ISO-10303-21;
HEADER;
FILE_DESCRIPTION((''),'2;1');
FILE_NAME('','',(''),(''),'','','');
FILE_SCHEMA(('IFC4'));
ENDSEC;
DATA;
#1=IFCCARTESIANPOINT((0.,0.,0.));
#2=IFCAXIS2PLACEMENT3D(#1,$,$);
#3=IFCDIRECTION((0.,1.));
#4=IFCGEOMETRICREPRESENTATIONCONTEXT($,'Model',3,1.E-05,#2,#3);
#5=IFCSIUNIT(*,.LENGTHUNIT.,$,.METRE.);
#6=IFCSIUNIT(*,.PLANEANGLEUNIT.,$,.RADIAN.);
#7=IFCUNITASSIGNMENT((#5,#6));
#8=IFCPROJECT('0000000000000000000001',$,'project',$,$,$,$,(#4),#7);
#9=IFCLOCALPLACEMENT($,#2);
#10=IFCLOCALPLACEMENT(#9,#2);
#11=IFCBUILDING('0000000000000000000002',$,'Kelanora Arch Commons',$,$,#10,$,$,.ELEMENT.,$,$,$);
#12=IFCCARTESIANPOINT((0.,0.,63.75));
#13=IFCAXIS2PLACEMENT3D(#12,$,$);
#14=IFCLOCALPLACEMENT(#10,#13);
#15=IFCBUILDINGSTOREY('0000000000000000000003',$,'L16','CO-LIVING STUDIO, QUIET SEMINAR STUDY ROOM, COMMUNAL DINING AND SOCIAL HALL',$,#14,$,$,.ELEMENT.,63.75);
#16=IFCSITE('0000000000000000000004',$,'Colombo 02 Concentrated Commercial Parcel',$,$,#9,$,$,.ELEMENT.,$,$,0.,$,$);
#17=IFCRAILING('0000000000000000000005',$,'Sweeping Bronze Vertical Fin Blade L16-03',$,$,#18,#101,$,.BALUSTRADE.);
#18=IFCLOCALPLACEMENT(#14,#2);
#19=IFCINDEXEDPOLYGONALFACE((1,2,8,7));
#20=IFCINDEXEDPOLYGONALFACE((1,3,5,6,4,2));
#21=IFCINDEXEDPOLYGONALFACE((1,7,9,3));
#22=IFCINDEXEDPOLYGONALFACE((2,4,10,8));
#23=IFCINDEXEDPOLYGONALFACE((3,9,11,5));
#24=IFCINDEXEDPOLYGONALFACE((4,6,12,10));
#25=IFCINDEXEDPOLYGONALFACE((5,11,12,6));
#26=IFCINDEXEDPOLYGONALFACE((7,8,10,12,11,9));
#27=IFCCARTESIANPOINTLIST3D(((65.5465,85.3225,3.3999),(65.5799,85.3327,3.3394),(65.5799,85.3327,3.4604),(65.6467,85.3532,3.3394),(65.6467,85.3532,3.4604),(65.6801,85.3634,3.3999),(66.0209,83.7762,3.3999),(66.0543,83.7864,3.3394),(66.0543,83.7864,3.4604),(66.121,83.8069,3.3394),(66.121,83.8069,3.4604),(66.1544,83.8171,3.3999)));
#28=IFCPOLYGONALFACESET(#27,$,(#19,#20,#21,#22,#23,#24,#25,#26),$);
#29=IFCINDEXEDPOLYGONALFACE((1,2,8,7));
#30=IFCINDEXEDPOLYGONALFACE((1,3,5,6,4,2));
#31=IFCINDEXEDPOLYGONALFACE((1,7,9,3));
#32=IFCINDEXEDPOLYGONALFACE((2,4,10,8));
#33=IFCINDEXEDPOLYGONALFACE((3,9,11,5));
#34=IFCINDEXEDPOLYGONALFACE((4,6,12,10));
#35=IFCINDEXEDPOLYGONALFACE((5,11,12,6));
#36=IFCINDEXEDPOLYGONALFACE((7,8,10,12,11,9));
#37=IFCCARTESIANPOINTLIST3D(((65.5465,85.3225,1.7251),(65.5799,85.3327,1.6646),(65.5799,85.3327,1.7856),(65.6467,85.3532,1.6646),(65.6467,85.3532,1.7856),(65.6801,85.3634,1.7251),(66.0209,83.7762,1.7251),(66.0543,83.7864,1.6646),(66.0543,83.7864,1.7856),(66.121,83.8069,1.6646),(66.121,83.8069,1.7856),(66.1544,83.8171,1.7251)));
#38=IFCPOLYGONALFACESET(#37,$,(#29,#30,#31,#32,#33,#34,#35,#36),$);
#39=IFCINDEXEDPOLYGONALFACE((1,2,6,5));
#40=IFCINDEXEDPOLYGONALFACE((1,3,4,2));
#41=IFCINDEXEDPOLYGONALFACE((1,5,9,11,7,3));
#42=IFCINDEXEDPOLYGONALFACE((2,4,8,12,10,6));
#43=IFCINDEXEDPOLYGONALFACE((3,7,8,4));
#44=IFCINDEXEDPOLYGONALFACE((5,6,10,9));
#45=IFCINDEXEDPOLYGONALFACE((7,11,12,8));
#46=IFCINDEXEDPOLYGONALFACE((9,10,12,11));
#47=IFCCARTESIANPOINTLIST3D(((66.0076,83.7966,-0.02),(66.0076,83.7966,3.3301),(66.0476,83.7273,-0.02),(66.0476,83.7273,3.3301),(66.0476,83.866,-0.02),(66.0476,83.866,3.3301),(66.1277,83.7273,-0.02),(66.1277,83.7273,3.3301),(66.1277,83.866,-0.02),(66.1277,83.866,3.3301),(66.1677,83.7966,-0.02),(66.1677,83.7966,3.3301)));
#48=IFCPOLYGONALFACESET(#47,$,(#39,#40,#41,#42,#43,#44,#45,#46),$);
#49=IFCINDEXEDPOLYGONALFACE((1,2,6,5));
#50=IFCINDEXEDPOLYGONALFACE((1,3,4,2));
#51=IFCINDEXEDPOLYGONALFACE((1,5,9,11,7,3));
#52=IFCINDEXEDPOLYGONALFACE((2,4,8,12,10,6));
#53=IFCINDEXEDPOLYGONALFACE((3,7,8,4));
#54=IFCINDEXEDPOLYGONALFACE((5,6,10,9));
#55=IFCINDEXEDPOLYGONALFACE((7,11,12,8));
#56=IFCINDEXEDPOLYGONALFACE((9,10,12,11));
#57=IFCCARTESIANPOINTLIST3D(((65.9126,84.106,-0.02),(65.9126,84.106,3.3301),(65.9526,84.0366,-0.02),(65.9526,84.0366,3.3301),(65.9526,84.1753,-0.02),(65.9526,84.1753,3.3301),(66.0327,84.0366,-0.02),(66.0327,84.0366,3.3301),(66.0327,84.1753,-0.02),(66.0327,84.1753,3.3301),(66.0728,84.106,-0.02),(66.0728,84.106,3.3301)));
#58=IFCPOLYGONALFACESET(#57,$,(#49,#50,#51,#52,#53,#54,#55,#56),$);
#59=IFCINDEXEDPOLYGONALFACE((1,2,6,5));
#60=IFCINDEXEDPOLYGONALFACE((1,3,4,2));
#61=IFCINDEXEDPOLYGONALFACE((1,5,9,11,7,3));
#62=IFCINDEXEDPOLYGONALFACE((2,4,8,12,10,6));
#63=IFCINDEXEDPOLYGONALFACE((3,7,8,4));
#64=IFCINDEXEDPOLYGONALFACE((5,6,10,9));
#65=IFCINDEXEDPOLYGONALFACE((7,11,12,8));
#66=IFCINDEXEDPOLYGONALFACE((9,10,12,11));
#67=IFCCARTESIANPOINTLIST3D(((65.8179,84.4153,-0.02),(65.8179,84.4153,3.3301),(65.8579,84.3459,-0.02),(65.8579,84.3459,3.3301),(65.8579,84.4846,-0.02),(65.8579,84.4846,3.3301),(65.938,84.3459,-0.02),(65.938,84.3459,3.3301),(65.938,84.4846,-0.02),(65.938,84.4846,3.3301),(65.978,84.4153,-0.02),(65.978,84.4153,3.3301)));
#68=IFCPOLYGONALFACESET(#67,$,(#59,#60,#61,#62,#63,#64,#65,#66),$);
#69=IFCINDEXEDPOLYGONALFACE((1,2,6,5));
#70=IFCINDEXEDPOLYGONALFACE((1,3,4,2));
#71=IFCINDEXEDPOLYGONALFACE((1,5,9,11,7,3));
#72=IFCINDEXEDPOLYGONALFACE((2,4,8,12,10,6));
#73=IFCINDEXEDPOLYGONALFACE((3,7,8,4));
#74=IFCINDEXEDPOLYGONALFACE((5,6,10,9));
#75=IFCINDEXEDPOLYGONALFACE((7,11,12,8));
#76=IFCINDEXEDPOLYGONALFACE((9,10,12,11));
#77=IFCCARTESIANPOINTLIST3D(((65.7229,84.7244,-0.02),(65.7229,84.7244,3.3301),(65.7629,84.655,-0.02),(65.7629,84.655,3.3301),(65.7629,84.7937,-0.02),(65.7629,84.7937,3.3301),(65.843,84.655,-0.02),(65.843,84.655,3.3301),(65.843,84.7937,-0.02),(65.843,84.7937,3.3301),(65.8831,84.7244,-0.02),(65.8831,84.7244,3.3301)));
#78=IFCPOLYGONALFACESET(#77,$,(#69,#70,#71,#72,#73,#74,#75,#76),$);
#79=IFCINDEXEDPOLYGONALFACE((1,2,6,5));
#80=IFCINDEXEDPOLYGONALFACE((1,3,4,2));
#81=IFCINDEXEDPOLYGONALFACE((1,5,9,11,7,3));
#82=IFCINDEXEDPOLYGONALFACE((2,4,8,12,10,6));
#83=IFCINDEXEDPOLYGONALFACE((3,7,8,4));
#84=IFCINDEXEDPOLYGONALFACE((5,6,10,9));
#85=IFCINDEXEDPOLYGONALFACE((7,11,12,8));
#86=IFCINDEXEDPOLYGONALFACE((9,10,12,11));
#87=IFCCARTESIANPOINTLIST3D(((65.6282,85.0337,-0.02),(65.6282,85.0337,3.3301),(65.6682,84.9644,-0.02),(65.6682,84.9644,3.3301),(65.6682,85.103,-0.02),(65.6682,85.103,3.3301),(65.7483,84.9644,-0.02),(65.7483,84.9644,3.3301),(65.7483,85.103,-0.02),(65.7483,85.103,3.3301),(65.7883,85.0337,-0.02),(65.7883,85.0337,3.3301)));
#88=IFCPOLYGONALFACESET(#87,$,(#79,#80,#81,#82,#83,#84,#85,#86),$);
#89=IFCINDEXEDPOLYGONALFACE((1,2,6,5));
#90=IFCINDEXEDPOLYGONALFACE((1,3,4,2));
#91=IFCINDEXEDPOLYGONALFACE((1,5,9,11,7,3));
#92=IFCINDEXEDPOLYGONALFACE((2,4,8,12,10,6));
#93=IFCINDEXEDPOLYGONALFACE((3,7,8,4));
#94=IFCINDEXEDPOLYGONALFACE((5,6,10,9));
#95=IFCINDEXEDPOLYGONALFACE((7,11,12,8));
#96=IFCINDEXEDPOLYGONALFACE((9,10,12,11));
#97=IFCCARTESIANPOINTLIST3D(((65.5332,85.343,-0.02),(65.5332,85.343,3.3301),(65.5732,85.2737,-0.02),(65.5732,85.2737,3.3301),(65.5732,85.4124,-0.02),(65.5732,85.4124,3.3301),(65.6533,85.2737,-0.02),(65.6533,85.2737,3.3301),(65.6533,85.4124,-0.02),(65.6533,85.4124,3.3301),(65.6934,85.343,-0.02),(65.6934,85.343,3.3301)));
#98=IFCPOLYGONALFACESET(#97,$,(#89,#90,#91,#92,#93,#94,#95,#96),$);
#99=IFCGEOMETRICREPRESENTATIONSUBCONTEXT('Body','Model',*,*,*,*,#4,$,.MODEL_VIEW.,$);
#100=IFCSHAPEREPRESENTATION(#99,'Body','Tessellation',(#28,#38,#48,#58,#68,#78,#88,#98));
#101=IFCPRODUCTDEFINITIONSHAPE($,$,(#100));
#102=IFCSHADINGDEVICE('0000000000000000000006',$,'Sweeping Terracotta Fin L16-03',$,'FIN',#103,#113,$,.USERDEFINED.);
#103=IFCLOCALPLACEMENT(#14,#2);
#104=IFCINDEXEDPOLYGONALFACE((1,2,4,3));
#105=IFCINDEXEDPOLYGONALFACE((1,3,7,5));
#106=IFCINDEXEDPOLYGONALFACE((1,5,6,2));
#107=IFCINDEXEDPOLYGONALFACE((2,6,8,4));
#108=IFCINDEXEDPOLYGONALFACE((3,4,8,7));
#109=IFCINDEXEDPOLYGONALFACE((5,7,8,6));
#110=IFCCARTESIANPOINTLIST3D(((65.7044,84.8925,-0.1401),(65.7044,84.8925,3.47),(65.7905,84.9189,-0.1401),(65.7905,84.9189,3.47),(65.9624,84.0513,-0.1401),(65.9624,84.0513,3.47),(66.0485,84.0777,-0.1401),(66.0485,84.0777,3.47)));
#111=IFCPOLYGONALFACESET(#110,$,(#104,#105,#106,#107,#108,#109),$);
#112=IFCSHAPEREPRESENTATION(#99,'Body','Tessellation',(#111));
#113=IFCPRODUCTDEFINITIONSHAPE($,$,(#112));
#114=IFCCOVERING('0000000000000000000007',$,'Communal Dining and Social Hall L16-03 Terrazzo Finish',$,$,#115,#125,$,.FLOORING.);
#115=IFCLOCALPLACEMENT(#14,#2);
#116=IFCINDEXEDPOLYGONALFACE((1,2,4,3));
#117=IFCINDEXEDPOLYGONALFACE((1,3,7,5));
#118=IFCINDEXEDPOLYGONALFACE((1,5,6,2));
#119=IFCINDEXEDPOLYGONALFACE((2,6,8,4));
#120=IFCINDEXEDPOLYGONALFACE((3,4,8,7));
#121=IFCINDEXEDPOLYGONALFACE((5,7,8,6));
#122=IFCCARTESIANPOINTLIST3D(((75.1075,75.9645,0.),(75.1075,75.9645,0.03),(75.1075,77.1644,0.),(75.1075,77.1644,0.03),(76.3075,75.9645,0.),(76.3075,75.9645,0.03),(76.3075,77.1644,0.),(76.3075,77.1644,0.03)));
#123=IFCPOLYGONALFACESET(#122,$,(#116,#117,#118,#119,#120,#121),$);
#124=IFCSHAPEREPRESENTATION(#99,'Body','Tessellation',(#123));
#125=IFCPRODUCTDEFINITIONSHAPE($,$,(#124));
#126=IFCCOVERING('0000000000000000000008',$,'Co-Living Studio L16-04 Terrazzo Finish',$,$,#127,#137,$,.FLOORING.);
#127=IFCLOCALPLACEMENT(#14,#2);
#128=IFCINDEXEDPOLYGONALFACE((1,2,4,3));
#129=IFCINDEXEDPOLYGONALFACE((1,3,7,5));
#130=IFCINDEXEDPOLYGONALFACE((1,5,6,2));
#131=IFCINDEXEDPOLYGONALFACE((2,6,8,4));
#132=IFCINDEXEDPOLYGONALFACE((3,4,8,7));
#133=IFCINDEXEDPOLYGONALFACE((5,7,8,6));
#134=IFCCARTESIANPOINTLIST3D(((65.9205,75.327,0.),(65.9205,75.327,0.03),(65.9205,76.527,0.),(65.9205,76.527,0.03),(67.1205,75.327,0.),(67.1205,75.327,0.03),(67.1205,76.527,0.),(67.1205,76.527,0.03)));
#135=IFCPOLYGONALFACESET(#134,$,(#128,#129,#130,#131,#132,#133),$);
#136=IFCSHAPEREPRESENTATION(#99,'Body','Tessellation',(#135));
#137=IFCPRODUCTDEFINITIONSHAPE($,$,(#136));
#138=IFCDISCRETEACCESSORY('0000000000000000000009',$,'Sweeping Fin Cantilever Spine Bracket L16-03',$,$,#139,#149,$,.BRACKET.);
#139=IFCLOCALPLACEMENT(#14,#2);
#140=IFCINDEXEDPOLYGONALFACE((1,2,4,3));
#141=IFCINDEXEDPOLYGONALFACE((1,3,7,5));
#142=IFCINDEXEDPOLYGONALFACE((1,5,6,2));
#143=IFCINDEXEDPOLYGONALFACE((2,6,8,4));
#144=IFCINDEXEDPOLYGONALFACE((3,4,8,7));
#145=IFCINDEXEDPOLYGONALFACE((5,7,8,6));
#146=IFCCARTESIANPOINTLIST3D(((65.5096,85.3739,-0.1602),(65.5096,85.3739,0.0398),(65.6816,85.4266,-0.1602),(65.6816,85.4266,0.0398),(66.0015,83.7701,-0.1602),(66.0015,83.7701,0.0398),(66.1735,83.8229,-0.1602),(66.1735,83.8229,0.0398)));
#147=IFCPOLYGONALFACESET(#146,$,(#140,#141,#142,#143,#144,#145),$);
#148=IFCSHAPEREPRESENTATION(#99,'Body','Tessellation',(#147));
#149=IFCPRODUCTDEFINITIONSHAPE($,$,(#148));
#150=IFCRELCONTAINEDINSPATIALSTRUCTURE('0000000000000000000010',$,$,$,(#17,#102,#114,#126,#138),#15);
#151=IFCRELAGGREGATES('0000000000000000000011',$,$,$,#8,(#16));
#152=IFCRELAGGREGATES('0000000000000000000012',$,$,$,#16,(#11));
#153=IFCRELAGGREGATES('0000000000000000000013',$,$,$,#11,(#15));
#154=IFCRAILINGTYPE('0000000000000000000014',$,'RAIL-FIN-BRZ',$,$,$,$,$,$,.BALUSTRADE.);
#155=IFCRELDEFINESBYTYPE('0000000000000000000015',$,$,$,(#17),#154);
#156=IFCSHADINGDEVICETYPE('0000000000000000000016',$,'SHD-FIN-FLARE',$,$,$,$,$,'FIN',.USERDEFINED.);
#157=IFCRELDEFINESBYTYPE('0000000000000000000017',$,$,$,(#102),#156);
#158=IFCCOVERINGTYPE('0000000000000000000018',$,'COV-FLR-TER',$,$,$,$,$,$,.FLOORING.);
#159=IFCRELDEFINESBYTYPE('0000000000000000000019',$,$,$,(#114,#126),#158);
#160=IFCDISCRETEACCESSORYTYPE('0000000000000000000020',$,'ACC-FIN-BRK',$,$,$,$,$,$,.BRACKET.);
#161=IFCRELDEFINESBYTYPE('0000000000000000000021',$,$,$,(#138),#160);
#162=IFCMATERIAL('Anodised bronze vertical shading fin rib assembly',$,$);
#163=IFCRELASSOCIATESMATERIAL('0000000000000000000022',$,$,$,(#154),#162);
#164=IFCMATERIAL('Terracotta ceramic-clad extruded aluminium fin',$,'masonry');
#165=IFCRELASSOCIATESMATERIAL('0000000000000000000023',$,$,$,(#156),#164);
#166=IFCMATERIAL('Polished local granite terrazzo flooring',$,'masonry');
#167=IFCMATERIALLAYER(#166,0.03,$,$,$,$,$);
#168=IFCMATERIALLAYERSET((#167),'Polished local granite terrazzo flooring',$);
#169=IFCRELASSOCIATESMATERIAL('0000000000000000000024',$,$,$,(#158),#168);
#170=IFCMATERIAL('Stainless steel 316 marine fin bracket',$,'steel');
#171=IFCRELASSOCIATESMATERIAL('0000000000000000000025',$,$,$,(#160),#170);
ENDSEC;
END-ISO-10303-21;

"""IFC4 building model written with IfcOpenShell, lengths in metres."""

from ifc_helpers import new_model, si_unit, direction, frame, origin, origin_2d, place, context, subcontext, project, spatial, polyline, rectangle, outline, extrude, source, transform, mapped, material, layer, layer_set, type_object, element, save


model = new_model("IFC4")

# Units and contexts
model_context = context("Model", 3, precision=1e-05, world=origin(), true_north=direction((0.0, 1.0)))
body_context = subcontext(model_context, "Body", "Model", "MODEL_VIEW")
ifc_project = project(units=[si_unit("LENGTHUNIT", "METRE"), si_unit("PLANEANGLEUNIT", "RADIAN")], contexts=[model_context])

# Site, building, storey
site_placement = place(None, origin())
site = spatial("IfcSite", under=ifc_project, at=site_placement, Name="Colombo 02 Concentrated Commercial Parcel", CompositionType="ELEMENT", RefElevation=0.0)
building_placement = place(site_placement, origin())
building = spatial("IfcBuilding", under=site, at=building_placement, Name="Kelanora Arch Commons", CompositionType="ELEMENT")
storey_placement = place(building_placement, frame((0.0, 0.0, 63.75)))
storey = spatial("IfcBuildingStorey", under=building, at=storey_placement, Name="L16", Description="CO-LIVING STUDIO, QUIET SEMINAR STUDY ROOM, COMMUNAL DINING AND SOCIAL HALL", CompositionType="ELEMENT", Elevation=63.75)

# Railing
ifc_material_1 = material(Name="Anodised bronze vertical shading fin rib assembly")
railing_type = type_object("IfcRailingType", Name="RAIL-FIN-BRZ", PredefinedType="BALUSTRADE", material=ifc_material_1)
railing_placement = place(storey_placement, frame((66.0876, 83.7966, -0.02)))
element("IfcRailing", 1, at=railing_placement, inside=storey, type_object=railing_type, Name="Sweeping Bronze Vertical Fin Blade L16-03", PredefinedType="BALUSTRADE", context=body_context, shape_type="SweptSolid", body=[
    extrude(outline(polyline([(0.0698, 0.0), (0.0349, 0.0605), (-0.0349, 0.0605), (-0.0698, 0.0), (-0.0349, -0.0605), (0.0349, -0.0605), (0.0698, 0.0)])), frame((0.0, 0.0, 3.4199), z_axis=(-0.293269, 0.95603, 0.0), x_axis=(-0.95603, -0.293269, 0.0)), (0.0, 0.0, 1.0), 1.6174),
    extrude(outline(polyline([(0.0698, 0.0), (0.0349, 0.0605), (-0.0349, 0.0605), (-0.0698, 0.0), (-0.0349, -0.0605), (0.0349, -0.0605), (0.0698, 0.0)])), frame((0.0, 0.0, 1.7451), z_axis=(-0.293269, 0.95603, 0.0), x_axis=(-0.95603, -0.293269, 0.0)), (0.0, 0.0, 1.0), 1.6174),
    extrude(outline(polyline([(0.0801, 0.0), (0.04, 0.0693), (-0.04, 0.0693), (-0.0801, 0.0), (-0.04, -0.0693), (0.04, -0.0693), (0.0801, 0.0)])), origin(), (0.0, 0.0, 1.0), 3.3501),
    extrude(outline(polyline([(0.0801, 0.0), (0.04, 0.0693), (-0.04, 0.0693), (-0.0801, 0.0), (-0.04, -0.0693), (0.04, -0.0693), (0.0801, 0.0)])), frame((-0.095, 0.3093, 0.0)), (0.0, 0.0, 1.0), 3.3501),
    extrude(outline(polyline([(0.0801, 0.0), (0.04, 0.0693), (-0.04, 0.0693), (-0.0801, 0.0), (-0.04, -0.0693), (0.04, -0.0693), (0.0801, 0.0)])), frame((-0.1897, 0.6187, 0.0)), (0.0, 0.0, 1.0), 3.3501),
    extrude(outline(polyline([(0.0801, 0.0), (0.04, 0.0693), (-0.04, 0.0693), (-0.0801, 0.0), (-0.04, -0.0693), (0.04, -0.0693), (0.0801, 0.0)])), frame((-0.2847, 0.9277, 0.0)), (0.0, 0.0, 1.0), 3.3501),
    extrude(outline(polyline([(0.0801, 0.0), (0.04, 0.0693), (-0.04, 0.0693), (-0.0801, 0.0), (-0.04, -0.0693), (0.04, -0.0693), (0.0801, 0.0)])), frame((-0.3794, 1.2371, 0.0)), (0.0, 0.0, 1.0), 3.3501),
    extrude(outline(polyline([(0.0801, 0.0), (0.04, 0.0693), (-0.04, 0.0693), (-0.0801, 0.0), (-0.04, -0.0693), (0.04, -0.0693), (0.0801, 0.0)])), frame((-0.4744, 1.5464, 0.0)), (0.0, 0.0, 1.0), 3.3501),
])

# Shading device
ifc_material_2 = material(Name="Terracotta ceramic-clad extruded aluminium fin", Category="masonry")
shading_device_type = type_object("IfcShadingDeviceType", Name="SHD-FIN-FLARE", ElementType="FIN", PredefinedType="USERDEFINED", material=ifc_material_2)
shared_shape_1 = source(origin(), body_context, "Body", "SweptSolid", [
    extrude(rectangle(XDim=0.8799, YDim=0.0901, at=origin_2d()), origin(), (0.0, 0.0, 1.0), 3.6101),
])
shading_device_placement = place(storey_placement, frame((65.8765, 84.4851, -0.1401), z_axis=(0.0, 0.0, 1.0), x_axis=(-0.293206, 0.956049, 0.0)))
element("IfcShadingDevice", 2, at=shading_device_placement, inside=storey, type_object=shading_device_type, Name="Sweeping Terracotta Fin L16-03", ObjectType="FIN", PredefinedType="USERDEFINED", context=body_context, shape_type="MappedRepresentation", body=[
    mapped(shared_shape_1, transform((0.0, 0.0, 0.0), scale=1.0)),
])

# Coverings
ifc_material_3 = material(Name="Polished local granite terrazzo flooring", Category="masonry")
ifc_layer_1 = layer(ifc_material_3, 0.03)
ifc_layer_set_1 = layer_set([ifc_layer_1], Name="Polished local granite terrazzo flooring")
covering_type = type_object("IfcCoveringType", Name="COV-FLR-TER", PredefinedType="FLOORING", material=ifc_layer_set_1)
shared_shape_2 = source(origin(), body_context, "Body", "SweptSolid", [
    extrude(rectangle(XDim=1.2, YDim=1.2, at=origin_2d()), origin(), (0.0, 0.0, 1.0), 0.03),
])
for number, where, z_axis, x_axis, name in (
    (3, (75.7075, 76.5645, 0.0), (0.0, 0.0, 1.0), (1.0, 0.0, 0.0), "Communal Dining and Social Hall L16-03 Terrazzo Finish"),
    (4, (66.5205, 75.927, 0.0), (0.0, 0.0, 1.0), (1.0, 0.0, 0.0), "Co-Living Studio L16-04 Terrazzo Finish"),
):
    element("IfcCovering", number, at=place(storey_placement, frame(where, z_axis=z_axis, x_axis=x_axis)), inside=storey, type_object=covering_type, Name=name, PredefinedType="FLOORING", context=body_context, shape_type="MappedRepresentation", body=[
        mapped(shared_shape_2, transform((0.0, 0.0, 0.0), scale=1.0)),
    ])

# Discrete accessory
ifc_material_4 = material(Name="Stainless steel 316 marine fin bracket", Category="steel")
discrete_accessory_type = type_object("IfcDiscreteAccessoryType", Name="ACC-FIN-BRK", PredefinedType="BRACKET", material=ifc_material_4)
shared_shape_3 = source(origin(), body_context, "Body", "SweptSolid", [
    extrude(rectangle(XDim=1.6775, YDim=0.1799, at=origin_2d()), origin(), (0.0, 0.0, 1.0), 0.2),
])
discrete_accessory_placement = place(storey_placement, frame((65.8416, 84.5984, -0.1602), z_axis=(0.0, 0.0, 1.0), x_axis=(-0.293206, 0.956049, 0.0)))
element("IfcDiscreteAccessory", 5, at=discrete_accessory_placement, inside=storey, type_object=discrete_accessory_type, Name="Sweeping Fin Cantilever Spine Bracket L16-03", PredefinedType="BRACKET", context=body_context, shape_type="MappedRepresentation", body=[
    mapped(shared_shape_3, transform((0.0, 0.0, 0.0), scale=1.0)),
])

save(model, "model.ifc")
